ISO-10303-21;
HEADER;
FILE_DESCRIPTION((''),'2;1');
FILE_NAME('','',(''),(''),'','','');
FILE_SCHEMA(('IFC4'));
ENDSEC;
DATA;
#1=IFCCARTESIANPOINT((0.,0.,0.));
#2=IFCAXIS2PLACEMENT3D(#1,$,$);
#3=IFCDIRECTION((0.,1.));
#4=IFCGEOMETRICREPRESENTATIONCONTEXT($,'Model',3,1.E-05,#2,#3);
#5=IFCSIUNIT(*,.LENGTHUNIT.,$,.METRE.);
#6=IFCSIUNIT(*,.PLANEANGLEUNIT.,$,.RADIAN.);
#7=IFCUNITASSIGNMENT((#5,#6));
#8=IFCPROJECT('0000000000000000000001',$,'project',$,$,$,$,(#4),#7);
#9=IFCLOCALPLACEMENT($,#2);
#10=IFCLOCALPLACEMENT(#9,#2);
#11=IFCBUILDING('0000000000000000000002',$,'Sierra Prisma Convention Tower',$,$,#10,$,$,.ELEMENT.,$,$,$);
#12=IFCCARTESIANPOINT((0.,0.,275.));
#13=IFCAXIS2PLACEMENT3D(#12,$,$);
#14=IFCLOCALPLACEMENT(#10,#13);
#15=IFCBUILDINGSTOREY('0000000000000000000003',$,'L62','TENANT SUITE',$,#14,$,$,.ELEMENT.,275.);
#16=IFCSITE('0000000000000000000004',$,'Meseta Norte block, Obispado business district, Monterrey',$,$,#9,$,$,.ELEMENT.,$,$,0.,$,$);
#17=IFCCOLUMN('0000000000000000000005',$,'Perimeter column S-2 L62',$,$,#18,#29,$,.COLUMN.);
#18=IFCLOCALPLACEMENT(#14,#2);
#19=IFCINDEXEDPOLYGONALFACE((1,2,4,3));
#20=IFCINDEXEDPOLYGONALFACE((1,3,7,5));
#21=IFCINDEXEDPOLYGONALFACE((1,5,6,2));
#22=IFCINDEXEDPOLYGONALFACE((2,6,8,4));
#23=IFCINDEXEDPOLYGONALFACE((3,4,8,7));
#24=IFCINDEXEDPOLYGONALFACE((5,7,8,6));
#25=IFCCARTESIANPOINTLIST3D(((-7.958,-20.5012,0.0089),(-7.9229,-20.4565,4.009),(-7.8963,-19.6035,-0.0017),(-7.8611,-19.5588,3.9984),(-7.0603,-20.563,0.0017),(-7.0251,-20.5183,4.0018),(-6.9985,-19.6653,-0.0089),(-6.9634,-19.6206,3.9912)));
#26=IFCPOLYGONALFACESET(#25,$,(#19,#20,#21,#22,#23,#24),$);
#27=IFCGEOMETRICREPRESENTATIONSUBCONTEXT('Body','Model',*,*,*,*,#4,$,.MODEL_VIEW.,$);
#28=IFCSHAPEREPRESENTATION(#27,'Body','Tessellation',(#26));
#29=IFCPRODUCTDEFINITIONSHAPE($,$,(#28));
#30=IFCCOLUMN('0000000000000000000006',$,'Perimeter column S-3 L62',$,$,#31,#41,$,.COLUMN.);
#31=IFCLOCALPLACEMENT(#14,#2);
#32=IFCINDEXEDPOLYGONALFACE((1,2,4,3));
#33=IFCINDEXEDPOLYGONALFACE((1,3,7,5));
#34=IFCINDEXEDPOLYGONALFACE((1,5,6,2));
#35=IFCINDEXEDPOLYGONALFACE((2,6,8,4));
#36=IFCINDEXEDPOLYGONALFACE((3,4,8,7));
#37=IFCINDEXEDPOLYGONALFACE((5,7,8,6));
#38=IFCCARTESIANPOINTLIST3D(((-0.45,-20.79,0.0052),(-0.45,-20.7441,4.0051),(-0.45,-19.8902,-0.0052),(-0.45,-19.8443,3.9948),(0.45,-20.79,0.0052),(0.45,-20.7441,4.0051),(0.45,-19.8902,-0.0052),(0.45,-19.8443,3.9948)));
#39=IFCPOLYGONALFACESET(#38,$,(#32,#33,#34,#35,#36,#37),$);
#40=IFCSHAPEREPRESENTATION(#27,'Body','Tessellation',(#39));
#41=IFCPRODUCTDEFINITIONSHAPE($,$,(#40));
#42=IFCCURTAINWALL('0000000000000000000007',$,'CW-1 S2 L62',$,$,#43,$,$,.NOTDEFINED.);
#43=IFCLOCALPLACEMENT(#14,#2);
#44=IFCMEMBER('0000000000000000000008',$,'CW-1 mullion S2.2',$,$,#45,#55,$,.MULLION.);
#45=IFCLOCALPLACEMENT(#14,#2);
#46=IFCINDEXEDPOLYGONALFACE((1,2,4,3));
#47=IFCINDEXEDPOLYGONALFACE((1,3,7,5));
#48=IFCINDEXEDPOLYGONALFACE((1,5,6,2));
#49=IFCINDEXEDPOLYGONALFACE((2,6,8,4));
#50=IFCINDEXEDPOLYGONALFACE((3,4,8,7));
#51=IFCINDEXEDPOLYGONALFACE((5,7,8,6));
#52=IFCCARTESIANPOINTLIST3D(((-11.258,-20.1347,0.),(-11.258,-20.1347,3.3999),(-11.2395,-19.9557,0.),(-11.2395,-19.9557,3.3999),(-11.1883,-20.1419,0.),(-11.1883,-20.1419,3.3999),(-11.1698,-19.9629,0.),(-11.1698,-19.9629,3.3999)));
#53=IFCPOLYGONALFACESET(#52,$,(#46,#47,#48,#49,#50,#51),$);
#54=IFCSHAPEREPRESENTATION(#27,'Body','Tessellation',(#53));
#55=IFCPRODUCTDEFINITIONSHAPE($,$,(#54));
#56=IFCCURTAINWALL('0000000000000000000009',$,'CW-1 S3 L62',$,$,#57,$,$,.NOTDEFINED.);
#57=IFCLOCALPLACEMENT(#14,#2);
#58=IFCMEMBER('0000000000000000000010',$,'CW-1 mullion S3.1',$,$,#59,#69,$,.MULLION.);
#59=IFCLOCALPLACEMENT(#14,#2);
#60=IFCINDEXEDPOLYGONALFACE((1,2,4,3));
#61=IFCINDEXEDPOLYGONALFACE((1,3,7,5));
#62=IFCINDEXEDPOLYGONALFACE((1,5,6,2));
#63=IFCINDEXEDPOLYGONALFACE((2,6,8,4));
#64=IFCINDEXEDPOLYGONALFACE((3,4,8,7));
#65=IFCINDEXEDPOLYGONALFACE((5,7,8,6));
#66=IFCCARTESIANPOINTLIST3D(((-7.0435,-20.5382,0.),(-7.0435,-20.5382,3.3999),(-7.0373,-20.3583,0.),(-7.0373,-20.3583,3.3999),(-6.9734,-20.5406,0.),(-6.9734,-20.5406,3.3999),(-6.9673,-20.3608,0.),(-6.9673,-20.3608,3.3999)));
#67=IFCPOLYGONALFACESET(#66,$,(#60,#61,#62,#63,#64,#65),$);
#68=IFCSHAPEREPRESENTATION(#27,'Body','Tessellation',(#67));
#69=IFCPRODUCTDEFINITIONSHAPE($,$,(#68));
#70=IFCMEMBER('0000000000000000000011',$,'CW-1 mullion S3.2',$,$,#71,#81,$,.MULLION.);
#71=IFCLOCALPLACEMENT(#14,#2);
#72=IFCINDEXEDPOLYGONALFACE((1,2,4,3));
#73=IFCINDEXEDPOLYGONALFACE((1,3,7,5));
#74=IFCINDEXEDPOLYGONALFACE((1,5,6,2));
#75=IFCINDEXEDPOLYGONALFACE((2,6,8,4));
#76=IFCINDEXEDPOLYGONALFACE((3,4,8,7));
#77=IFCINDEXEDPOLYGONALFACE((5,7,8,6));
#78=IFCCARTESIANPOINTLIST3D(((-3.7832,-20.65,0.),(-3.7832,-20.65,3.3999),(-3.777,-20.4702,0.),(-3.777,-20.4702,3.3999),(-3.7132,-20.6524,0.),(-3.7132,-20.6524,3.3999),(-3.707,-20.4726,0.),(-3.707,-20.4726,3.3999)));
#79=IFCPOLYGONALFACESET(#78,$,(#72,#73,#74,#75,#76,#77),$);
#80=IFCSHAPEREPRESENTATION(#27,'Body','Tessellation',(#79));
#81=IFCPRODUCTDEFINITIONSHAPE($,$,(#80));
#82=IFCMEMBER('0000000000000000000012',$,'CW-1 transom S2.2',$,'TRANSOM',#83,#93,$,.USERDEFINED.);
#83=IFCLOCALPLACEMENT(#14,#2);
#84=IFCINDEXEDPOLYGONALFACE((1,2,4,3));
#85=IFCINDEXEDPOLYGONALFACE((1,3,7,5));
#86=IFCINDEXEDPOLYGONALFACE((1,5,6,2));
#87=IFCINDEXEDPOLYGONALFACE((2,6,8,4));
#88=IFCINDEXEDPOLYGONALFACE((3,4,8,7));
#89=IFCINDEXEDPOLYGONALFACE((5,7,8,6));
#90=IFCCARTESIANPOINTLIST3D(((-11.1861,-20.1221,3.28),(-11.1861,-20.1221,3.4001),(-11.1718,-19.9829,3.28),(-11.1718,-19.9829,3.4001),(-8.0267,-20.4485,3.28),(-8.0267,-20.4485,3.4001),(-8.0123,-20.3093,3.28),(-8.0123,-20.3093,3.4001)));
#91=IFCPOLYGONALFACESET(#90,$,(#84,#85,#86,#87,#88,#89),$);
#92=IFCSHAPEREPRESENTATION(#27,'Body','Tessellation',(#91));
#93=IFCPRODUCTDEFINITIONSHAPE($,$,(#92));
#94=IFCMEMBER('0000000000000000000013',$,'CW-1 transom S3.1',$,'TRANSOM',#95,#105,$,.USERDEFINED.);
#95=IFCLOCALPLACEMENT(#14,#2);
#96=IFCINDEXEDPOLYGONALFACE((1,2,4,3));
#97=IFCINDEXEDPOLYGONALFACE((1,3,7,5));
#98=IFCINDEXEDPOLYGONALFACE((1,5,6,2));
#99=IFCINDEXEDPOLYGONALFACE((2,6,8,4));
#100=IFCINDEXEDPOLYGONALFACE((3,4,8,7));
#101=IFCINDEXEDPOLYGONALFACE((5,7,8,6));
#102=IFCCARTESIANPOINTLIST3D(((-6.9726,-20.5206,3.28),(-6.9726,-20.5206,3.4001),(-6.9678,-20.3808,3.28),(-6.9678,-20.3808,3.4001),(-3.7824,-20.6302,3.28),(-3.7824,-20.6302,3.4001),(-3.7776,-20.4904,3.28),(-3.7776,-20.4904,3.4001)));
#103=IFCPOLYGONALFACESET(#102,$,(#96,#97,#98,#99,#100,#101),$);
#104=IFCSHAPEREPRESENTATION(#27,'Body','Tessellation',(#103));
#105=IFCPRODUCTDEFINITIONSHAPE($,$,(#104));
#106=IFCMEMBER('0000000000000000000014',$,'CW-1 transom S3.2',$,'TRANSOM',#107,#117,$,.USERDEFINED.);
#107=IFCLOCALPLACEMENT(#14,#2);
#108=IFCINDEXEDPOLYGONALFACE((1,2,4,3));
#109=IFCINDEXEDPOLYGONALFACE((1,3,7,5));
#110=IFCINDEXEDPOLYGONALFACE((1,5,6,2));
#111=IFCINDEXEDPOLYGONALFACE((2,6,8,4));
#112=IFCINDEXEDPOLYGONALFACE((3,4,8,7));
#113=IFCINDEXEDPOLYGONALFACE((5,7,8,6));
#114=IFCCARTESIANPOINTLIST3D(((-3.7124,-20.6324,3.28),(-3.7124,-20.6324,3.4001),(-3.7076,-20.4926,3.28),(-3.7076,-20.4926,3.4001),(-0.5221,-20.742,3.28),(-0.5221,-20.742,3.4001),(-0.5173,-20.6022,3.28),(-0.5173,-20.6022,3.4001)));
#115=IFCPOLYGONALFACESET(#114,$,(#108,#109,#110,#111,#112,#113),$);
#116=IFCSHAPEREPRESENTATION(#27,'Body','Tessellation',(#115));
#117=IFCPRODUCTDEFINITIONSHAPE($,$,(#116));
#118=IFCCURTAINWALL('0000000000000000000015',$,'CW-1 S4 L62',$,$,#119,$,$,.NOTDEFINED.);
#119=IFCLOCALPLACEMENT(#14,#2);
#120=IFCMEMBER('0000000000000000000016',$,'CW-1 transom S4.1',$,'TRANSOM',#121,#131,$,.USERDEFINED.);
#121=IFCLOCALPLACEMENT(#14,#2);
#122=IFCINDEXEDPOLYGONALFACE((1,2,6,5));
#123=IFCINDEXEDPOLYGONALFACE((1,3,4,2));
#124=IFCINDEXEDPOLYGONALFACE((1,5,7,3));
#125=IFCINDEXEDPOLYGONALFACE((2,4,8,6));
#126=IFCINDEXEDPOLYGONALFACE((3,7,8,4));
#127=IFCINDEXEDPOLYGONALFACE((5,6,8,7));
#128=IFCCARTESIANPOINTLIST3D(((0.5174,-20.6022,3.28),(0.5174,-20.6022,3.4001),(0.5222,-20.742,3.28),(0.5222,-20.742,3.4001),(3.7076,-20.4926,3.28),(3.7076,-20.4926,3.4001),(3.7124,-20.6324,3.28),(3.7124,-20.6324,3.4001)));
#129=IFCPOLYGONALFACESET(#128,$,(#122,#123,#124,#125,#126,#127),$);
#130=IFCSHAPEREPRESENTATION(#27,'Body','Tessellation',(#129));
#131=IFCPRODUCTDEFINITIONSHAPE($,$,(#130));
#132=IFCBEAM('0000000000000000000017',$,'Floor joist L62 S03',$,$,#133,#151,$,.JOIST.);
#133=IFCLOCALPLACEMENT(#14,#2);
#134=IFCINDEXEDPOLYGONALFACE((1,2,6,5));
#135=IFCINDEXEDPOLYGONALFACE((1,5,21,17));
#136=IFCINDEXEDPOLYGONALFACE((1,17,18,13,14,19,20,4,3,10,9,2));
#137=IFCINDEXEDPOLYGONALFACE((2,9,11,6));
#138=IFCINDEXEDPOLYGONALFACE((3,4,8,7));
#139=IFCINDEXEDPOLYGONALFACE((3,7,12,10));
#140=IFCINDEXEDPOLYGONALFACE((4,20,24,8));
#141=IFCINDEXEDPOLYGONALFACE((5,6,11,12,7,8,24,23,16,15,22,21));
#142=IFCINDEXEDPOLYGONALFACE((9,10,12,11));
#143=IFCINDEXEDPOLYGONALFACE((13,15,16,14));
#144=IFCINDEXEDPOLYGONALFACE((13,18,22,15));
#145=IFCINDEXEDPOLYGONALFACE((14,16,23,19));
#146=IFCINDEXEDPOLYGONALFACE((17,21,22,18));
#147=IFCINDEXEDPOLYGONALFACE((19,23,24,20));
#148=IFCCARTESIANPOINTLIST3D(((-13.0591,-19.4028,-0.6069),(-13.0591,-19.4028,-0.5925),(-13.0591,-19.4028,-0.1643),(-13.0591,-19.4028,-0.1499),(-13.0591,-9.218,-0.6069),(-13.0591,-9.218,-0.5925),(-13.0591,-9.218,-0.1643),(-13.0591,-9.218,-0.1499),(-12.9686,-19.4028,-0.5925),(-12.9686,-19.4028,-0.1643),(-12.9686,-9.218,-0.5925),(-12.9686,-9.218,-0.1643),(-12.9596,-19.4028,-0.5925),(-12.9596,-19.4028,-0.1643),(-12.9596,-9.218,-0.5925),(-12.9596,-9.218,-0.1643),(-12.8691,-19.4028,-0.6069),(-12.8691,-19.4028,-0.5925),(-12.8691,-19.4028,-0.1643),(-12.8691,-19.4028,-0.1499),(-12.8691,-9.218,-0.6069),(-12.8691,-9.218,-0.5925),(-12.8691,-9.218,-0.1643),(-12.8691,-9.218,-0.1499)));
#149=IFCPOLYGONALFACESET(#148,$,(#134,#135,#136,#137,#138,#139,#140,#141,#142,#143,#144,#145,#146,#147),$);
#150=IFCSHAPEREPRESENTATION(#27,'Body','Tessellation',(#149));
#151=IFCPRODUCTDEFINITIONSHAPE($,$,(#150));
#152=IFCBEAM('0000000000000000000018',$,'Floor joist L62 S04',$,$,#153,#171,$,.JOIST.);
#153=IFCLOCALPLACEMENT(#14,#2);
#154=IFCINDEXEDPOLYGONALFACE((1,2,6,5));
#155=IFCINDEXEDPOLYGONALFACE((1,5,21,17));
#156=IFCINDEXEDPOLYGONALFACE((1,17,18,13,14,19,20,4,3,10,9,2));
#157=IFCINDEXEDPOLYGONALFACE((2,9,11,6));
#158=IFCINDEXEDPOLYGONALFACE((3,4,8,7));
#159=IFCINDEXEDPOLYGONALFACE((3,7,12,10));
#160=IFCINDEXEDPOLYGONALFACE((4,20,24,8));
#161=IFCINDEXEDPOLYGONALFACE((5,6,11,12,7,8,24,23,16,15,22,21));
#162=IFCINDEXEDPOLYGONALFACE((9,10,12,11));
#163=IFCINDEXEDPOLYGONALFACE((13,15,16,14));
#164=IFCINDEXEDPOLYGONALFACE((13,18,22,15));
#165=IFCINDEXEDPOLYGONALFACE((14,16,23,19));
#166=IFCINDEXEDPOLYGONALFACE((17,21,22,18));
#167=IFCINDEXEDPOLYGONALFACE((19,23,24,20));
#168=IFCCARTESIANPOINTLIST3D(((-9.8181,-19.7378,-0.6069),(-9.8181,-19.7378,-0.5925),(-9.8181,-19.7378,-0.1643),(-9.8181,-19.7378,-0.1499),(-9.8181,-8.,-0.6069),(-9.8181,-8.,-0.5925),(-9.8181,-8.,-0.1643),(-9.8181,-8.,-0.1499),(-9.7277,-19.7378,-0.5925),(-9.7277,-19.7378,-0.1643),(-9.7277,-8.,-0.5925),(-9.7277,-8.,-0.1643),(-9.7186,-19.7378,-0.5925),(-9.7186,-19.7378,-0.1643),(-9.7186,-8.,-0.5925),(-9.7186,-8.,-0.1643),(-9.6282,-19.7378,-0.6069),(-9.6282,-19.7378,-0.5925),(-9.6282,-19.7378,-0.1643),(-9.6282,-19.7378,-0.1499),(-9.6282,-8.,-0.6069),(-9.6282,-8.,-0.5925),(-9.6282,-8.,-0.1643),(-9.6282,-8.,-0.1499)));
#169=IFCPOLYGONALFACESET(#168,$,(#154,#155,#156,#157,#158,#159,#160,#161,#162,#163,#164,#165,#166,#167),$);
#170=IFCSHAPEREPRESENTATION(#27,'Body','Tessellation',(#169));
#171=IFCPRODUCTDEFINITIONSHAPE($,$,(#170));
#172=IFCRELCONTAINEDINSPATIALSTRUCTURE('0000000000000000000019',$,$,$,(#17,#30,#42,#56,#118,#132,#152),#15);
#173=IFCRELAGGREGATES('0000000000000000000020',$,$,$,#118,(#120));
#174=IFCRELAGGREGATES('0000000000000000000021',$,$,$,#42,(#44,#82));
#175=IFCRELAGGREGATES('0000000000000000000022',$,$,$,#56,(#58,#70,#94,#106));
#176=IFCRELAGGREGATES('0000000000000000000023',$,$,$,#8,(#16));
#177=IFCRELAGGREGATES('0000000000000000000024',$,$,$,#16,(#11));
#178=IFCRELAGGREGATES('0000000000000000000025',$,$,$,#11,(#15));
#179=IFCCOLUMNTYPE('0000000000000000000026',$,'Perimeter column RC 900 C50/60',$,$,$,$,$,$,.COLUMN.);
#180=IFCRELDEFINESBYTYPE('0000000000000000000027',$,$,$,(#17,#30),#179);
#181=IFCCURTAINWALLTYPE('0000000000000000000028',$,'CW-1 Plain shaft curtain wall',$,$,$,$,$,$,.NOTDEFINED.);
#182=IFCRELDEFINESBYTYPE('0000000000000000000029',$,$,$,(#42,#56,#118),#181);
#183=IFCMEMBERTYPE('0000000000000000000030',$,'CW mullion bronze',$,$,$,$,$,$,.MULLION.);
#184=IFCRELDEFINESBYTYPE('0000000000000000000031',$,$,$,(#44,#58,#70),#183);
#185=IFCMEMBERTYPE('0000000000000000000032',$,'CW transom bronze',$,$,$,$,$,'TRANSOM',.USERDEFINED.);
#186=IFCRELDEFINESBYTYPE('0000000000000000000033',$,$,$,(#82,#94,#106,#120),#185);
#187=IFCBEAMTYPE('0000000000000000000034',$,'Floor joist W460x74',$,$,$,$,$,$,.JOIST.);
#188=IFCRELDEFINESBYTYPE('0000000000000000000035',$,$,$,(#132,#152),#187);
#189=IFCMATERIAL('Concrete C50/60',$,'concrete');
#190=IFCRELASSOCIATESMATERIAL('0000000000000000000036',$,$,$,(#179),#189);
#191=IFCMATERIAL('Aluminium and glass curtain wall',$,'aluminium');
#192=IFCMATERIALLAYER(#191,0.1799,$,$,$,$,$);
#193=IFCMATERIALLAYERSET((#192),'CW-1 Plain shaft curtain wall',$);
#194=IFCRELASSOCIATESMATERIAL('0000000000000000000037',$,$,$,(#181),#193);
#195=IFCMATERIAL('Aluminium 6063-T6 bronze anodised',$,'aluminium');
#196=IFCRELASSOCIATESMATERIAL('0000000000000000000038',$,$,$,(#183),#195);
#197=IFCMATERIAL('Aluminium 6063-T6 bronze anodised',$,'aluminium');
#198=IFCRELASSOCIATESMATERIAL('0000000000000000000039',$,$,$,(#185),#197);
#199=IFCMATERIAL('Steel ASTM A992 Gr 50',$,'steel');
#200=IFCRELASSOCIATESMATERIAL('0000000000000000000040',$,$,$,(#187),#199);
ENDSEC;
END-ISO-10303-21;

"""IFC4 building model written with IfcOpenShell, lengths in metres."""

from ifc_helpers import new_model, si_unit, direction, frame, origin, origin_2d, place, context, subcontext, project, spatial, rectangle, i_section, extrude, material, layer, layer_set, material_profile, profile_set, type_object, element, aggregate, save


model = new_model("IFC4")

# Units and contexts
model_context = context("Model", 3, precision=1e-05, world=origin(), true_north=direction((0.0, 1.0)))
body_context = subcontext(model_context, "Body", "Model", "MODEL_VIEW")
ifc_project = project(units=[si_unit("LENGTHUNIT", "METRE"), si_unit("PLANEANGLEUNIT", "RADIAN")], contexts=[model_context])

# Site, building, storey
site_placement = place(None, origin())
site = spatial("IfcSite", under=ifc_project, at=site_placement, Name="Meseta Norte block, Obispado business district, Monterrey", CompositionType="ELEMENT", RefElevation=0.0)
building_placement = place(site_placement, origin())
building = spatial("IfcBuilding", under=site, at=building_placement, Name="Sierra Prisma Convention Tower", CompositionType="ELEMENT")
storey_placement = place(building_placement, frame((0.0, 0.0, 275.0)))
storey = spatial("IfcBuildingStorey", under=building, at=storey_placement, Name="L62", Description="TENANT SUITE", CompositionType="ELEMENT", Elevation=275.0)

# Columns
ifc_material_1 = material(Name="Concrete C50/60", Category="concrete")
ifc_material_profile_1 = material_profile(ifc_material_1, rectangle(XDim=0.8999, YDim=0.8999, at=origin_2d()), Name="Perimeter column RC 900 C50/60")
ifc_profile_set_1 = profile_set([ifc_material_profile_1], Name="Concrete C50/60")
column_type = type_object("IfcColumnType", Name="Perimeter column RC 900 C50/60", PredefinedType="COLUMN", material=ifc_profile_set_1)
column_1_placement = place(storey_placement, frame((-7.4783, -20.0833, 0.0), z_axis=(0.008788, 0.011168, 0.999899), x_axis=(-0.997606, 0.068694, 0.008001)))
element("IfcColumn", 1, at=column_1_placement, inside=storey, type_object=column_type, Name="Perimeter column S-2 L62", PredefinedType="COLUMN", context=body_context, shape_type="SweptSolid", body=[
    extrude(rectangle(XDim=0.8999, YDim=0.8999, at=origin_2d()), origin(), (0.0, 0.0, 1.0), 4.0005),
])
column_2_placement = place(storey_placement, frame((0.0, -20.3401, 0.0), z_axis=(0.0, 0.011474, 0.999934), x_axis=(1.0, 0.0, 0.0)))
element("IfcColumn", 2, at=column_2_placement, inside=storey, type_object=column_type, Name="Perimeter column S-3 L62", PredefinedType="COLUMN", context=body_context, shape_type="SweptSolid", body=[
    extrude(rectangle(XDim=0.8999, YDim=0.8999, at=origin_2d()), origin(), (0.0, 0.0, 1.0), 4.0002),
])

# Curtain wall, member
ifc_material_2 = material(Name="Aluminium and glass curtain wall", Category="aluminium")
ifc_layer_1 = layer(ifc_material_2, 0.1799)
ifc_layer_set_1 = layer_set([ifc_layer_1], Name="CW-1 Plain shaft curtain wall")
curtain_wall_type = type_object("IfcCurtainWallType", Name="CW-1 Plain shaft curtain wall", PredefinedType="NOTDEFINED", material=ifc_layer_set_1)
curtain_wall_1_placement = place(storey_placement, origin())
curtain_wall_1 = element("IfcCurtainWall", 3, at=curtain_wall_1_placement, inside=storey, type_object=curtain_wall_type, Name="CW-1 S2 L62", PredefinedType="NOTDEFINED")
ifc_material_3 = material(Name="Aluminium 6063-T6 bronze anodised", Category="aluminium")
ifc_material_profile_2 = material_profile(ifc_material_3, rectangle(XDim=0.1799, YDim=0.0701, at=origin_2d()), Name="ALU MULLION 70x180")
ifc_profile_set_2 = profile_set([ifc_material_profile_2], Name="Aluminium 6063-T6 bronze anodised")
member_type_1 = type_object("IfcMemberType", Name="CW mullion bronze", PredefinedType="MULLION", material=ifc_profile_set_2)
member_1_placement = place(storey_placement, frame((-11.2139, -20.0488, 0.0), z_axis=(0.0, 0.0, 1.0), x_axis=(0.102799, 0.994702, 0.0)))
member_1 = element("IfcMember", 4, at=member_1_placement, type_object=member_type_1, Name="CW-1 mullion S2.2", PredefinedType="MULLION", context=body_context, shape_type="SweptSolid", body=[
    extrude(rectangle(XDim=0.1799, YDim=0.0701, at=origin_2d()), origin(), (0.0, 0.0, 1.0), 3.3999),
])

# Curtain wall, members
curtain_wall_2_placement = place(storey_placement, origin())
curtain_wall_2 = element("IfcCurtainWall", 5, at=curtain_wall_2_placement, inside=storey, type_object=curtain_wall_type, Name="CW-1 S3 L62", PredefinedType="NOTDEFINED")
member_2_placement = place(storey_placement, frame((-7.0054, -20.4495, 0.0), z_axis=(0.0, 0.0, 1.0), x_axis=(0.03432, 0.999411, 0.0)))
member_2 = element("IfcMember", 6, at=member_2_placement, type_object=member_type_1, Name="CW-1 mullion S3.1", PredefinedType="MULLION", context=body_context, shape_type="SweptSolid", body=[
    extrude(rectangle(XDim=0.1799, YDim=0.0701, at=origin_2d()), origin(), (0.0, 0.0, 1.0), 3.3999),
])
member_3_placement = place(storey_placement, frame((-3.7451, -20.5613, 0.0), z_axis=(0.0, 0.0, 1.0), x_axis=(0.03432, 0.999411, 0.0)))
member_3 = element("IfcMember", 7, at=member_3_placement, type_object=member_type_1, Name="CW-1 mullion S3.2", PredefinedType="MULLION", context=body_context, shape_type="SweptSolid", body=[
    extrude(rectangle(XDim=0.1799, YDim=0.0701, at=origin_2d()), origin(), (0.0, 0.0, 1.0), 3.3999),
])

# Members
ifc_material_4 = material(Name="Aluminium 6063-T6 bronze anodised", Category="aluminium")
ifc_material_profile_3 = material_profile(ifc_material_4, rectangle(XDim=0.1399, YDim=0.1201, at=origin_2d()), Name="ALU TRANSOM 120x140")
ifc_profile_set_3 = profile_set([ifc_material_profile_3], Name="Aluminium 6063-T6 bronze anodised")
member_type_2 = type_object("IfcMemberType", Name="CW transom bronze", ElementType="TRANSOM", PredefinedType="USERDEFINED", material=ifc_profile_set_3)
member_4_placement = place(storey_placement, frame((-11.179, -20.0525, 3.3401), z_axis=(0.994705, -0.102768, 0.0), x_axis=(0.102768, 0.994705, 0.0)))
member_4 = element("IfcMember", 8, at=member_4_placement, type_object=member_type_2, Name="CW-1 transom S2.2", ObjectType="TRANSOM", PredefinedType="USERDEFINED", context=body_context, shape_type="SweptSolid", body=[
    extrude(rectangle(XDim=0.1399, YDim=0.1201, at=origin_2d()), origin(), (0.0, 0.0, 1.0), 3.1763),
])
member_5_placement = place(storey_placement, frame((-6.9702, -20.4507, 3.3401), z_axis=(0.99941, -0.034341, 0.0), x_axis=(0.034341, 0.99941, 0.0)))
member_5 = element("IfcMember", 9, at=member_5_placement, type_object=member_type_2, Name="CW-1 transom S3.1", ObjectType="TRANSOM", PredefinedType="USERDEFINED", context=body_context, shape_type="SweptSolid", body=[
    extrude(rectangle(XDim=0.1399, YDim=0.1201, at=origin_2d()), origin(), (0.0, 0.0, 1.0), 3.1921),
])
member_6_placement = place(storey_placement, frame((-3.71, -20.5625, 3.3401), z_axis=(0.99941, -0.034341, 0.0), x_axis=(0.034341, 0.99941, 0.0)))
member_6 = element("IfcMember", 10, at=member_6_placement, type_object=member_type_2, Name="CW-1 transom S3.2", ObjectType="TRANSOM", PredefinedType="USERDEFINED", context=body_context, shape_type="SweptSolid", body=[
    extrude(rectangle(XDim=0.1399, YDim=0.1201, at=origin_2d()), origin(), (0.0, 0.0, 1.0), 3.1921),
])

# Curtain wall, member
curtain_wall_3_placement = place(storey_placement, origin())
curtain_wall_3 = element("IfcCurtainWall", 11, at=curtain_wall_3_placement, inside=storey, type_object=curtain_wall_type, Name="CW-1 S4 L62", PredefinedType="NOTDEFINED")
member_7_placement = place(storey_placement, frame((0.5198, -20.6721, 3.3401), z_axis=(0.99941, 0.034341, 0.0), x_axis=(-0.034341, 0.99941, 0.0)))
member_7 = element("IfcMember", 12, at=member_7_placement, type_object=member_type_2, Name="CW-1 transom S4.1", ObjectType="TRANSOM", PredefinedType="USERDEFINED", context=body_context, shape_type="SweptSolid", body=[
    extrude(rectangle(XDim=0.1399, YDim=0.1201, at=origin_2d()), origin(), (0.0, 0.0, 1.0), 3.1921),
])
aggregate(curtain_wall_3, [member_7])

# Beams
ifc_material_5 = material(Name="Steel ASTM A992 Gr 50", Category="steel")
ifc_material_profile_4 = material_profile(ifc_material_5, i_section(OverallWidth=0.1899, OverallDepth=0.457, WebThickness=0.009, FlangeThickness=0.0144, at=origin_2d()), Name="W460x74")
ifc_profile_set_4 = profile_set([ifc_material_profile_4], Name="Steel ASTM A992 Gr 50")
beam_type_1 = type_object("IfcBeamType", Name="Floor joist W460x74", PredefinedType="JOIST", material=ifc_profile_set_4)
beam_1_placement = place(storey_placement, frame((-12.9641, -19.4028, -0.3784), z_axis=(0.0, 1.0, 0.0), x_axis=(-1.0, 0.0, 0.0)))
element("IfcBeam", 13, at=beam_1_placement, inside=storey, type_object=beam_type_1, Name="Floor joist L62 S03", PredefinedType="JOIST", context=body_context, shape_type="SweptSolid", body=[
    extrude(i_section(OverallWidth=0.1899, OverallDepth=0.457, WebThickness=0.009, FlangeThickness=0.0144, at=origin_2d()), origin(), (0.0, 0.0, 1.0), 10.1848),
])
beam_2_placement = place(storey_placement, frame((-9.7231, -19.7378, -0.3784), z_axis=(0.0, 1.0, 0.0), x_axis=(-1.0, 0.0, 0.0)))
element("IfcBeam", 14, at=beam_2_placement, inside=storey, type_object=beam_type_1, Name="Floor joist L62 S04", PredefinedType="JOIST", context=body_context, shape_type="SweptSolid", body=[
    extrude(i_section(OverallWidth=0.1899, OverallDepth=0.457, WebThickness=0.009, FlangeThickness=0.0144, at=origin_2d()), origin(), (0.0, 0.0, 1.0), 11.7378),
])

aggregate(curtain_wall_1, [member_1, member_4])
aggregate(curtain_wall_2, [member_2, member_3, member_5, member_6])

save(model, "model.ifc")
